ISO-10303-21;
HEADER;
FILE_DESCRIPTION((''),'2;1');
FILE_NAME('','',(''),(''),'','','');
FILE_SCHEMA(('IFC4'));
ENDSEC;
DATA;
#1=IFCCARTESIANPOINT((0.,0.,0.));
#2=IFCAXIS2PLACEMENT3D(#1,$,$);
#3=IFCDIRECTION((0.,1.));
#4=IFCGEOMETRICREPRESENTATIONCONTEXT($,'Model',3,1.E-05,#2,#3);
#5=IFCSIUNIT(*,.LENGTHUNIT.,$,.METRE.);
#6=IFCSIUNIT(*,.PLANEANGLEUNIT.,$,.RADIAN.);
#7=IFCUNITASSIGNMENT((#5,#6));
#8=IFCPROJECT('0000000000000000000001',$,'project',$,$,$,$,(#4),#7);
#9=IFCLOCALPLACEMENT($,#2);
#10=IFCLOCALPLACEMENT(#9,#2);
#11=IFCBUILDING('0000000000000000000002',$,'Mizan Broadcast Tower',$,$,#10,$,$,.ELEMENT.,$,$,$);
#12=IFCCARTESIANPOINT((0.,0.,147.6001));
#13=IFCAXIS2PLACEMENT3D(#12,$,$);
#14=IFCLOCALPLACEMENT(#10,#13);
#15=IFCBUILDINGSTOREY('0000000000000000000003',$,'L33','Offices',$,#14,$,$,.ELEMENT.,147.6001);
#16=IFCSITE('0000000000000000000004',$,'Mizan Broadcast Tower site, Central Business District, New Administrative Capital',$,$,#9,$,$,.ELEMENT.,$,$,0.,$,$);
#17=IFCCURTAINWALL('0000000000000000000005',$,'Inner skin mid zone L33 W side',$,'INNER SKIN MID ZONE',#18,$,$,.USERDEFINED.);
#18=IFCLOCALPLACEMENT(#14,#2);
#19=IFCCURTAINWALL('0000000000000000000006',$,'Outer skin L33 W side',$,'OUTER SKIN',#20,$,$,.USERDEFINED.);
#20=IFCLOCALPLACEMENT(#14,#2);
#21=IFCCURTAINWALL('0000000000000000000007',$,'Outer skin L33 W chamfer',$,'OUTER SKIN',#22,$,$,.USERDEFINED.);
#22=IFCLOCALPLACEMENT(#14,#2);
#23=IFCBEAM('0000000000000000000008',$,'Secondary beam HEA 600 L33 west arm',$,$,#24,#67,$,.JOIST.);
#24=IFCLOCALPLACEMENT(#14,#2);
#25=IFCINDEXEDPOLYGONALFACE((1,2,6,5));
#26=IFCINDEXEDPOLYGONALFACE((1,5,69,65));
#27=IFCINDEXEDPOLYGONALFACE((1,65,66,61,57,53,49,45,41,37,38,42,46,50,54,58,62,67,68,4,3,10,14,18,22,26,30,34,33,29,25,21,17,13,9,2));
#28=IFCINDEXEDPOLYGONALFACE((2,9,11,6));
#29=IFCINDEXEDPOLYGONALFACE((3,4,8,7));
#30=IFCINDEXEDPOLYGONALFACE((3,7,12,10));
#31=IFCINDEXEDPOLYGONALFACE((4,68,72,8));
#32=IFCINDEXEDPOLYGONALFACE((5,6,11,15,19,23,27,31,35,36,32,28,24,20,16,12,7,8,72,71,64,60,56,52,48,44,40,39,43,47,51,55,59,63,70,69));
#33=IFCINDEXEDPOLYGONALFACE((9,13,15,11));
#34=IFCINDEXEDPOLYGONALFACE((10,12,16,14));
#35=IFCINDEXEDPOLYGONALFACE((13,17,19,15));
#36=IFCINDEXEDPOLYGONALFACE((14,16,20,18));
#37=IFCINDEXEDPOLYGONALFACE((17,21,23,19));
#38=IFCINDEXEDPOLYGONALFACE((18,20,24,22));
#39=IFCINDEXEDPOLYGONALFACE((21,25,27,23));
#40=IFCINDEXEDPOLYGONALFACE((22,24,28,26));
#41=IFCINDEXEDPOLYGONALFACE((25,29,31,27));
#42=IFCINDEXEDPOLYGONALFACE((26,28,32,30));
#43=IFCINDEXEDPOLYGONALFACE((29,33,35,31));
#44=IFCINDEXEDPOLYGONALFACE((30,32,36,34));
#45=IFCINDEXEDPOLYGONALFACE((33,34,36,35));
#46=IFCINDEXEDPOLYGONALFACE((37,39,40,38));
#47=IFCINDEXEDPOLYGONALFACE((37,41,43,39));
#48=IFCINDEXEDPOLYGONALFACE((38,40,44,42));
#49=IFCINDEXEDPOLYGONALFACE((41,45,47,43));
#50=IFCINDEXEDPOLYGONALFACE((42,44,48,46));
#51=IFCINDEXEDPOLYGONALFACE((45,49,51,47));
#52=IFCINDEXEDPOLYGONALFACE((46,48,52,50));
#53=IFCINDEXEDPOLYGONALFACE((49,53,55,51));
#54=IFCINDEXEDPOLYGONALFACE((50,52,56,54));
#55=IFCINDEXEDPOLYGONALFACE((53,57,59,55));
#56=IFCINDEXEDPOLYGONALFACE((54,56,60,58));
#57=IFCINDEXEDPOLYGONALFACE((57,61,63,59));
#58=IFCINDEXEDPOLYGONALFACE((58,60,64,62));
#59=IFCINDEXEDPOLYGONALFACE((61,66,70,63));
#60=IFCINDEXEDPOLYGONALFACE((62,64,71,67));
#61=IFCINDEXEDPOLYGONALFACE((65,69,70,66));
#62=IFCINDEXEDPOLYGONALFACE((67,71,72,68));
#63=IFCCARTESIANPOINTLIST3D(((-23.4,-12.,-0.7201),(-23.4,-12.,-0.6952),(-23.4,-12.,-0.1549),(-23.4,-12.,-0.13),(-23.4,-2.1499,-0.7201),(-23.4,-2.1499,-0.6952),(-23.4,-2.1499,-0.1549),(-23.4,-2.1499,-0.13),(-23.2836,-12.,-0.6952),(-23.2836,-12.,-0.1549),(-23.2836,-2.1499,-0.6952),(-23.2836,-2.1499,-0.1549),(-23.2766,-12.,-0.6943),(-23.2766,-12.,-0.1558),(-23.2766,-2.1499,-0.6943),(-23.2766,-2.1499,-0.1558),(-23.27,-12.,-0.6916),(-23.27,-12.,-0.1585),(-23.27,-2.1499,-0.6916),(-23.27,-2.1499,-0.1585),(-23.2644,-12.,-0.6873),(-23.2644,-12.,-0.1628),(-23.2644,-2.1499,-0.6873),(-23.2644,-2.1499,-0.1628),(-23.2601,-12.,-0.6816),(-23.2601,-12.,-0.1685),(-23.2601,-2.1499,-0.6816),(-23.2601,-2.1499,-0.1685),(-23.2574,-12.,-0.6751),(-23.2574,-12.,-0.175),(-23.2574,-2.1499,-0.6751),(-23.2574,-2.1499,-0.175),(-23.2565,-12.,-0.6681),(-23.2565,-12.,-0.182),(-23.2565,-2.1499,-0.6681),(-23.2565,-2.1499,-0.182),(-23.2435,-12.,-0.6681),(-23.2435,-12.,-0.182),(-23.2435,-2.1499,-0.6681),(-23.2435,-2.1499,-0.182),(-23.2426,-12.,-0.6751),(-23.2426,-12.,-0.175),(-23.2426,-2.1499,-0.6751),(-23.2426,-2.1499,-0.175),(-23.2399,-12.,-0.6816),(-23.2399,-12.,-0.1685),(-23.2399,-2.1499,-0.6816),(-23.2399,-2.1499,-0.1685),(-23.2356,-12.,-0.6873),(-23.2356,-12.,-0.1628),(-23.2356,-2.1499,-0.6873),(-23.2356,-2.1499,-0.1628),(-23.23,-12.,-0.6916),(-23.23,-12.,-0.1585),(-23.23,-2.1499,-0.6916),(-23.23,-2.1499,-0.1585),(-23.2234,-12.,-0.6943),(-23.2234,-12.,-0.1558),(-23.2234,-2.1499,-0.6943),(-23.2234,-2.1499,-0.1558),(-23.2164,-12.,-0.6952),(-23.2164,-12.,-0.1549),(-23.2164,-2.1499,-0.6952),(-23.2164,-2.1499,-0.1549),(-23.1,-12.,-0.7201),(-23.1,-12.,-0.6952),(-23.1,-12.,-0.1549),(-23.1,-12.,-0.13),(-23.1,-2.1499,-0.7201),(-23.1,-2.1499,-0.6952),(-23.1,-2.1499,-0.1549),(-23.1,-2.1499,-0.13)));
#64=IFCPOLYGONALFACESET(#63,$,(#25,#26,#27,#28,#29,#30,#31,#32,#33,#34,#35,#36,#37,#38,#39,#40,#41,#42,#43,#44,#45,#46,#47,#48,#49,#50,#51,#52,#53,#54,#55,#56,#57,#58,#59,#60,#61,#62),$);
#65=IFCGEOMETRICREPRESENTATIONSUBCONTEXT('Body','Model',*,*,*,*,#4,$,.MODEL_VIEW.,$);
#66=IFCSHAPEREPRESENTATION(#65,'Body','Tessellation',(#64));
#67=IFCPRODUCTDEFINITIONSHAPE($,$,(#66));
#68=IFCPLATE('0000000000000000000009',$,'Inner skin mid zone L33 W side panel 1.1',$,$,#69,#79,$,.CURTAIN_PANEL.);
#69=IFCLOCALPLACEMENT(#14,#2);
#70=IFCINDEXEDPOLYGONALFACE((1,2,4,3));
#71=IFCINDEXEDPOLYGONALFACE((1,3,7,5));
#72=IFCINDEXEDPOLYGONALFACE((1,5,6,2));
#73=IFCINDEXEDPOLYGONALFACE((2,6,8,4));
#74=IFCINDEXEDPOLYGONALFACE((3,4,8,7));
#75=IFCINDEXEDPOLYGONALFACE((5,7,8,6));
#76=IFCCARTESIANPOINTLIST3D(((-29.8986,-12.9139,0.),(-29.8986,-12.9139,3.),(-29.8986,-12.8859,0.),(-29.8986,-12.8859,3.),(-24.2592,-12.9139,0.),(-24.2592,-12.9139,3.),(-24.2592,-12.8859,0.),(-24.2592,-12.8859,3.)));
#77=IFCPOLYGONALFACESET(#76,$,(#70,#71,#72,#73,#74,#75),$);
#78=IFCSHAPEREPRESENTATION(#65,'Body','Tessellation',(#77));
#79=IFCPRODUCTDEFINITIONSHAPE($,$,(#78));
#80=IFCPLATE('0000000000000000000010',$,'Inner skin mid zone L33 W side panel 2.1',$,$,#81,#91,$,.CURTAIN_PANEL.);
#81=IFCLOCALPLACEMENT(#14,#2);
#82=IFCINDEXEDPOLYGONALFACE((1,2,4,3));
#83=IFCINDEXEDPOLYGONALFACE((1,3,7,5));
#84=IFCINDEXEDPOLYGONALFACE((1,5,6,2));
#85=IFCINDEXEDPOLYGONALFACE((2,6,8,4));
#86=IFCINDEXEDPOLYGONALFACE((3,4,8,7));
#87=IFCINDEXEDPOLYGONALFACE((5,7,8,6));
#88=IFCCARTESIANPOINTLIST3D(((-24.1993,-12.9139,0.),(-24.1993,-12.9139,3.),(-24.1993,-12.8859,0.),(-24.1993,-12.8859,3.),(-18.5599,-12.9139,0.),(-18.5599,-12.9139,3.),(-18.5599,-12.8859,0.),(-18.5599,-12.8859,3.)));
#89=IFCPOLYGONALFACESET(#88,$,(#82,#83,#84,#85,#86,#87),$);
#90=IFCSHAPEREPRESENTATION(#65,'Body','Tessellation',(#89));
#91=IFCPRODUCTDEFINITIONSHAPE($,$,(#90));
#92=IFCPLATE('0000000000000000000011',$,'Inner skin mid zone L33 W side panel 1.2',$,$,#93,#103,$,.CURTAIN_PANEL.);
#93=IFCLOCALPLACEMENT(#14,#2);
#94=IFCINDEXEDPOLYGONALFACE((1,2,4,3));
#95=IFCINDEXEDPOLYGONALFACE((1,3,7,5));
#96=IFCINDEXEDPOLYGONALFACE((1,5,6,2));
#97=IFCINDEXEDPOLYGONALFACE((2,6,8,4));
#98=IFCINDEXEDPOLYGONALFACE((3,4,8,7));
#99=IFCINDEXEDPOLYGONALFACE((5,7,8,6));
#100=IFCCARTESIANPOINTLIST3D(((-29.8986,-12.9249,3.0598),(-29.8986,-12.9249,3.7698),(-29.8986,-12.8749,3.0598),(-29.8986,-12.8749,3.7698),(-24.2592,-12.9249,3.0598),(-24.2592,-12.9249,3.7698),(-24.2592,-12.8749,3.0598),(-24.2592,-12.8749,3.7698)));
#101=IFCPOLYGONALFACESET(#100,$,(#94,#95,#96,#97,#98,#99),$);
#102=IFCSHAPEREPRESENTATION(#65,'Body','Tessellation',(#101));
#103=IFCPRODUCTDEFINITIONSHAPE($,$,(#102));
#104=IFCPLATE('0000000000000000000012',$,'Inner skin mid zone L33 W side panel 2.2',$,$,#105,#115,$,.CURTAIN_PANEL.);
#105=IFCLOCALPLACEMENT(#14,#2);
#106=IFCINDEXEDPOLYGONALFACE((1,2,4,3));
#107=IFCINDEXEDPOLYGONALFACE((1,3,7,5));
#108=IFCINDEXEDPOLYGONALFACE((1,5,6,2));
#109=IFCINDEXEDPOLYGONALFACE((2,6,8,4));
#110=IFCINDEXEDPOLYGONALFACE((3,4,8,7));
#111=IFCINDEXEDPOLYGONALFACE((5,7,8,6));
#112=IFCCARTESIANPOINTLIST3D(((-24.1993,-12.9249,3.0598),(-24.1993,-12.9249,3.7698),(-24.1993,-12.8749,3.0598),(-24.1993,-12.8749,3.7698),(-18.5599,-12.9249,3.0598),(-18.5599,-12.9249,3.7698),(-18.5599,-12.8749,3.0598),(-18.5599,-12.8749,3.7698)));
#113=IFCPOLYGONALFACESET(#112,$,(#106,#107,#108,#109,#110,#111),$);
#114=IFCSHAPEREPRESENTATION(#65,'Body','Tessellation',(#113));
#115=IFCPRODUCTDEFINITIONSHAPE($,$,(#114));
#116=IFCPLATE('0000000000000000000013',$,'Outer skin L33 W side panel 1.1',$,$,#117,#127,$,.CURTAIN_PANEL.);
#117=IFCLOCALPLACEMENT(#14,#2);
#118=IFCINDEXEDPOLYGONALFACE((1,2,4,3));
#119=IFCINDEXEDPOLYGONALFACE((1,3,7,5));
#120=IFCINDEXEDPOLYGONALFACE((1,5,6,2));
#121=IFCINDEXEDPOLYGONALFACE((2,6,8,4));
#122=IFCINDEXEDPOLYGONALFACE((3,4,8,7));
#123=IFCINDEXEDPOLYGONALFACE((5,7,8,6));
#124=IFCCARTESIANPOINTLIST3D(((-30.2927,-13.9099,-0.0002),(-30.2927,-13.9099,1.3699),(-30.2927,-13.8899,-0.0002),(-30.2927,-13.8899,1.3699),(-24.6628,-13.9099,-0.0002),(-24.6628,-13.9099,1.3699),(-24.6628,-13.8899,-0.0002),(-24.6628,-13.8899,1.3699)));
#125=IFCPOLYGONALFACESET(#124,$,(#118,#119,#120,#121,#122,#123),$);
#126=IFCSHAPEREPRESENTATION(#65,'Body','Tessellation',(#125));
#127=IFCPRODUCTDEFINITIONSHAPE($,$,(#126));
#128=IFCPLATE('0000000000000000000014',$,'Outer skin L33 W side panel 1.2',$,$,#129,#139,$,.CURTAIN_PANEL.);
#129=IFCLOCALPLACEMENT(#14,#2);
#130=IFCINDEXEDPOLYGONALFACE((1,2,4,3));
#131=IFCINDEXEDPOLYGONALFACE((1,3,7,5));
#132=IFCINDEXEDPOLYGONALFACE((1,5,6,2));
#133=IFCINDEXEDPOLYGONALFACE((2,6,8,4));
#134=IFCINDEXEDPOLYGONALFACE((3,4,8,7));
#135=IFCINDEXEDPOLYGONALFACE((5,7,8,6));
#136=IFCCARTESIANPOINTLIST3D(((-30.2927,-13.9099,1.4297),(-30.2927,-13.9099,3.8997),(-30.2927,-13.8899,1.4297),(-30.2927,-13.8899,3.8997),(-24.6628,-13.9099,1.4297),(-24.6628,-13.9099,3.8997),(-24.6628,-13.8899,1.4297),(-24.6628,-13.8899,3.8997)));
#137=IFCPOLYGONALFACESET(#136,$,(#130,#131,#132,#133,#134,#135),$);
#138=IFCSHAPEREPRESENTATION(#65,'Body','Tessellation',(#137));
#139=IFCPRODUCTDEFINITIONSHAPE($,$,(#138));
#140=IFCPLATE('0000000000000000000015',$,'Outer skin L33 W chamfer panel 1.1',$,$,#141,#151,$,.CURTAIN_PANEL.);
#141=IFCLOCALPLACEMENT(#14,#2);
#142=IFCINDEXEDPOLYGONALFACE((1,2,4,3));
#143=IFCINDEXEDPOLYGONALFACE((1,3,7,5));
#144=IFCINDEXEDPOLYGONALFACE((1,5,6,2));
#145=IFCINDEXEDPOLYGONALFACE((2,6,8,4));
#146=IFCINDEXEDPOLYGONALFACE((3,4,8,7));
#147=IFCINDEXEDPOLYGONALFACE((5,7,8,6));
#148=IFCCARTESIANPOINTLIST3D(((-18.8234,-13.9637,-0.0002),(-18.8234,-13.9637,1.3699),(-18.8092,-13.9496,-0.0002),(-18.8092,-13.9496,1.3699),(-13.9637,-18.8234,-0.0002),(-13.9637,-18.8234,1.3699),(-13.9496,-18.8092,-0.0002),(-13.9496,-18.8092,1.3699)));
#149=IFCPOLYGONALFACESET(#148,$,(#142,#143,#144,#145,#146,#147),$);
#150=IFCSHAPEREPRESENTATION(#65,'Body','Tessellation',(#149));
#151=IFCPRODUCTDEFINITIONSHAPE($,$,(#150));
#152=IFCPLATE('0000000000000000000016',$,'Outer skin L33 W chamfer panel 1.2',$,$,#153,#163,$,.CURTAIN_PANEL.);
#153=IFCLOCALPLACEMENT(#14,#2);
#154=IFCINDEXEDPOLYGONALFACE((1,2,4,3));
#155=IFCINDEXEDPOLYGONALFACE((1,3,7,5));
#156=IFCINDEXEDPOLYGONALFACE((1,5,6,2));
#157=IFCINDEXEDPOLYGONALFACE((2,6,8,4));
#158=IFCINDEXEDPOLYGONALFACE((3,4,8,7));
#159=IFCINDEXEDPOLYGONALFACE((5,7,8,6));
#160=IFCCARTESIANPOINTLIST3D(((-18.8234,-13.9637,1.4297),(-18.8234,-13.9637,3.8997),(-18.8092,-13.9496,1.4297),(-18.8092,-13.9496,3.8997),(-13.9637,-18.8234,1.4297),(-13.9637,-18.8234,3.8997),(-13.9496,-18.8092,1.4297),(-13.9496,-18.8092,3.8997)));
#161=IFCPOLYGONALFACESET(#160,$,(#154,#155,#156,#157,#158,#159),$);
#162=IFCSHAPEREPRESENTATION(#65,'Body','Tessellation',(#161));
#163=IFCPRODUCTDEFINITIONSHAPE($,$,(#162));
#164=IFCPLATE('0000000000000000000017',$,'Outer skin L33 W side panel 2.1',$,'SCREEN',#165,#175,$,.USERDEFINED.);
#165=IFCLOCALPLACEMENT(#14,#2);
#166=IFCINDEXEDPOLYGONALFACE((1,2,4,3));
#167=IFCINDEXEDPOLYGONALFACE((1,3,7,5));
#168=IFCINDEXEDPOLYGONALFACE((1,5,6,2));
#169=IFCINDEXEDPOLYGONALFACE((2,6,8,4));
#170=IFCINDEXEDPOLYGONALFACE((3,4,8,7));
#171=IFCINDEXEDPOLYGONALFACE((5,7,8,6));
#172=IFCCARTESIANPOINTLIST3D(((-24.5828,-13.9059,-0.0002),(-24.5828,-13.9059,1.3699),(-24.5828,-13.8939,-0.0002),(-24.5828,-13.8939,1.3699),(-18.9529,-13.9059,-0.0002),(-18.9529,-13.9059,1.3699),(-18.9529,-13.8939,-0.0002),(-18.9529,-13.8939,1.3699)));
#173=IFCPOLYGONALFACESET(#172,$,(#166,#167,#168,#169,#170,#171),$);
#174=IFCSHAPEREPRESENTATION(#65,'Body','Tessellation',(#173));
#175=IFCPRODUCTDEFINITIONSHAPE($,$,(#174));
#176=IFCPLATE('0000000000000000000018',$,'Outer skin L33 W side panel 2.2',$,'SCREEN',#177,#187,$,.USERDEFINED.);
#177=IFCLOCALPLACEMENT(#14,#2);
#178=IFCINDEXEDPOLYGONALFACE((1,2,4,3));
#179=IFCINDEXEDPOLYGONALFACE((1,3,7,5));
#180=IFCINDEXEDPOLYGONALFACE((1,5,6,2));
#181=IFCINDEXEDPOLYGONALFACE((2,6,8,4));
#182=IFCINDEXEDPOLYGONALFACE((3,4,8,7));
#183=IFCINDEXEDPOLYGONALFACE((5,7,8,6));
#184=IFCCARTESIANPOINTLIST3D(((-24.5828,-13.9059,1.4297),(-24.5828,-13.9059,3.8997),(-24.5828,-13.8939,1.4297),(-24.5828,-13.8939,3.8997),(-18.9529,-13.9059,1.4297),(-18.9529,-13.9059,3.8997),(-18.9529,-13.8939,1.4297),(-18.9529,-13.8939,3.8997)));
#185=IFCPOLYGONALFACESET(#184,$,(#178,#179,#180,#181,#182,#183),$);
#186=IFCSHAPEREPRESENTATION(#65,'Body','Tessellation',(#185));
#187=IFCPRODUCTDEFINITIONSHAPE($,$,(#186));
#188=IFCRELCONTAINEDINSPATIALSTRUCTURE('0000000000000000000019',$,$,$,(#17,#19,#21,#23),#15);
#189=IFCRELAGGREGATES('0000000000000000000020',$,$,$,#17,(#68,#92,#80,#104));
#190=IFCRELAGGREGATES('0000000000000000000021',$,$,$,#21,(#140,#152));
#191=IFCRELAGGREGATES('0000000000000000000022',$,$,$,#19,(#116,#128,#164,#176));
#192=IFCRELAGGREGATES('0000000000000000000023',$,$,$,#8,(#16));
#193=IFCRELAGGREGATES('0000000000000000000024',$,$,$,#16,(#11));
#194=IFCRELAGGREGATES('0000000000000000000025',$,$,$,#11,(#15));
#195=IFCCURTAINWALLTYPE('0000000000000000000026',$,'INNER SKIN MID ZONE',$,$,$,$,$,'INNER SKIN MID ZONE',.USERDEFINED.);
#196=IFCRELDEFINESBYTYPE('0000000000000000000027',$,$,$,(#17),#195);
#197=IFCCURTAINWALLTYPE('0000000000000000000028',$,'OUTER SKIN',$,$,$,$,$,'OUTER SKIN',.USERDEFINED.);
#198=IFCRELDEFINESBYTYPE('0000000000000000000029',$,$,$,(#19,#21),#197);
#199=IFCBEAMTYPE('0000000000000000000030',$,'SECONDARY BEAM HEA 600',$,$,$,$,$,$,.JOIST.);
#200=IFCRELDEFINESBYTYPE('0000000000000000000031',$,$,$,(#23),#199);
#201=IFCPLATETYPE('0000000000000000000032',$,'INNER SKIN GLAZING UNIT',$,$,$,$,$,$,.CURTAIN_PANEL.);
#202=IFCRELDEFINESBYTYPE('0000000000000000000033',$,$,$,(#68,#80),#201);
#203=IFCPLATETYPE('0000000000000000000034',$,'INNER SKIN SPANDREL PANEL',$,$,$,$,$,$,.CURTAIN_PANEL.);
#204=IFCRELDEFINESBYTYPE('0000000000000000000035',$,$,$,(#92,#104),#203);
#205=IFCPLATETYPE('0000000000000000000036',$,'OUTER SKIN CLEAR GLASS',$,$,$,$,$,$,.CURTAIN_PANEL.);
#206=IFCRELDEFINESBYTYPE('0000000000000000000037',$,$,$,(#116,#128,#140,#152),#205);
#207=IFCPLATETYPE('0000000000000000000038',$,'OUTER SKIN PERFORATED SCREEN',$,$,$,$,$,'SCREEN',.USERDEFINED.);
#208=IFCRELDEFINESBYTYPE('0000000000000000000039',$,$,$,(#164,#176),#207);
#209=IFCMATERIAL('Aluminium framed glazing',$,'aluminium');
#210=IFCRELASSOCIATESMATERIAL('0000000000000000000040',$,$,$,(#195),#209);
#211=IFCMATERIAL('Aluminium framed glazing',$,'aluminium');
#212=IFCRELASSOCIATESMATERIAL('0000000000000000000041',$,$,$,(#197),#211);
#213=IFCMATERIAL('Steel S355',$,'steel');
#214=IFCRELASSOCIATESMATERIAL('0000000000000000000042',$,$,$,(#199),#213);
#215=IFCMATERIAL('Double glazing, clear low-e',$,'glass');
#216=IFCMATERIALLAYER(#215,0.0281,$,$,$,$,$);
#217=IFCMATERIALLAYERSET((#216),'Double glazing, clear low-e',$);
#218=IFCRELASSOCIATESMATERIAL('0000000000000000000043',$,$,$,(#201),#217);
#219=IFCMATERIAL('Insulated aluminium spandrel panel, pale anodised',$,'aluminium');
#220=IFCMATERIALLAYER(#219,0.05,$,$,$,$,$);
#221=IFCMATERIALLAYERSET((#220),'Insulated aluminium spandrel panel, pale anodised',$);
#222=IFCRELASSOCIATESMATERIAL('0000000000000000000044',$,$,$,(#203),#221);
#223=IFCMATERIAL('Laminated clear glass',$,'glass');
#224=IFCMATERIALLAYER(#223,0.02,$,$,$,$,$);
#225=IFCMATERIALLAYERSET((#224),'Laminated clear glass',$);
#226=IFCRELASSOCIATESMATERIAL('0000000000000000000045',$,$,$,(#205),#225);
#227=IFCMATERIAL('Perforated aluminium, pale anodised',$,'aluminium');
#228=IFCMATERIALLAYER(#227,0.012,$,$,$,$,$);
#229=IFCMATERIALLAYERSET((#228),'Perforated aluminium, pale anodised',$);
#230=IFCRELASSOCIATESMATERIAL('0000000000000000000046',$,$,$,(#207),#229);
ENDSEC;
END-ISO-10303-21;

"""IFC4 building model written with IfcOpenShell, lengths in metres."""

from ifc_helpers import new_model, si_unit, direction, frame, origin, origin_2d, place, context, subcontext, project, spatial, rectangle, i_section, extrude, material, layer, layer_set, material_profile, profile_set, type_object, element, aggregate, save


model = new_model("IFC4")

# Units and contexts
model_context = context("Model", 3, precision=1e-05, world=origin(), true_north=direction((0.0, 1.0)))
body_context = subcontext(model_context, "Body", "Model", "MODEL_VIEW")
ifc_project = project(units=[si_unit("LENGTHUNIT", "METRE"), si_unit("PLANEANGLEUNIT", "RADIAN")], contexts=[model_context])

# Site, building, storey
site_placement = place(None, origin())
site = spatial("IfcSite", under=ifc_project, at=site_placement, Name="Mizan Broadcast Tower site, Central Business District, New Administrative Capital", CompositionType="ELEMENT", RefElevation=0.0)
building_placement = place(site_placement, origin())
building = spatial("IfcBuilding", under=site, at=building_placement, Name="Mizan Broadcast Tower", CompositionType="ELEMENT")
storey_placement = place(building_placement, frame((0.0, 0.0, 147.6001)))
storey = spatial("IfcBuildingStorey", under=building, at=storey_placement, Name="L33", Description="Offices", CompositionType="ELEMENT", Elevation=147.6001)

# Curtain walls
ifc_material_1 = material(Name="Aluminium framed glazing", Category="aluminium")
curtain_wall_type_1 = type_object("IfcCurtainWallType", Name="INNER SKIN MID ZONE", ElementType="INNER SKIN MID ZONE", PredefinedType="USERDEFINED", material=ifc_material_1)
curtain_wall_1_placement = place(storey_placement, origin())
curtain_wall_1 = element("IfcCurtainWall", 1, at=curtain_wall_1_placement, inside=storey, type_object=curtain_wall_type_1, Name="Inner skin mid zone L33 W side", ObjectType="INNER SKIN MID ZONE", PredefinedType="USERDEFINED")
ifc_material_2 = material(Name="Aluminium framed glazing", Category="aluminium")
curtain_wall_type_2 = type_object("IfcCurtainWallType", Name="OUTER SKIN", ElementType="OUTER SKIN", PredefinedType="USERDEFINED", material=ifc_material_2)
curtain_wall_2_placement = place(storey_placement, origin())
curtain_wall_2 = element("IfcCurtainWall", 2, at=curtain_wall_2_placement, inside=storey, type_object=curtain_wall_type_2, Name="Outer skin L33 W side", ObjectType="OUTER SKIN", PredefinedType="USERDEFINED")

# Curtain wall
curtain_wall_3_placement = place(storey_placement, origin())
curtain_wall_3 = element("IfcCurtainWall", 3, at=curtain_wall_3_placement, inside=storey, type_object=curtain_wall_type_2, Name="Outer skin L33 W chamfer", ObjectType="OUTER SKIN", PredefinedType="USERDEFINED")

# Beam
ifc_material_3 = material(Name="Steel S355", Category="steel")
ifc_material_profile_1 = material_profile(ifc_material_3, i_section(OverallWidth=0.3, OverallDepth=0.5901, WebThickness=0.0129, FlangeThickness=0.0249, FilletRadius=0.0271, at=origin_2d()), Name="HEA 600")
ifc_profile_set_1 = profile_set([ifc_material_profile_1], Name="Steel S355")
beam_type_1 = type_object("IfcBeamType", Name="SECONDARY BEAM HEA 600", PredefinedType="JOIST", material=ifc_profile_set_1)
for number, where, z_axis, x_axis, name in (
    (4, (-23.25, -12.0, -0.425), (0.0, 1.0, 0.0), (-1.0, 0.0, 0.0), "Secondary beam HEA 600 L33 west arm"),
):
    element("IfcBeam", number, at=place(storey_placement, frame(where, z_axis=z_axis, x_axis=x_axis)), inside=storey, type_object=beam_type_1, Name=name, PredefinedType="JOIST", context=body_context, shape_type="SweptSolid", body=[
        extrude(i_section(OverallWidth=0.3, OverallDepth=0.5901, WebThickness=0.0129, FlangeThickness=0.0249, FilletRadius=0.0271, at=origin_2d()), origin(), (0.0, 0.0, 1.0), 9.8501),
    ])

# Plates
ifc_material_4 = material(Name="Double glazing, clear low-e", Category="glass")
ifc_layer_1 = layer(ifc_material_4, 0.0281)
ifc_layer_set_1 = layer_set([ifc_layer_1], Name="Double glazing, clear low-e")
plate_type_1 = type_object("IfcPlateType", Name="INNER SKIN GLAZING UNIT", PredefinedType="CURTAIN_PANEL", material=ifc_layer_set_1)
plate_1_placement = place(storey_placement, frame((-27.0789, -12.8999, 0.0), z_axis=(0.0, 0.0, 1.0), x_axis=(1.0, 0.0, 0.0)))
plate_1 = element("IfcPlate", 5, at=plate_1_placement, type_object=plate_type_1, Name="Inner skin mid zone L33 W side panel 1.1", PredefinedType="CURTAIN_PANEL", context=body_context, shape_type="SweptSolid", body=[
    extrude(rectangle(XDim=5.6394, YDim=0.0281, at=origin_2d()), origin(), (0.0, 0.0, 1.0), 3.0),
])
plate_2_placement = place(storey_placement, frame((-21.3796, -12.8999, 0.0), z_axis=(0.0, 0.0, 1.0), x_axis=(1.0, 0.0, 0.0)))
plate_2 = element("IfcPlate", 6, at=plate_2_placement, type_object=plate_type_1, Name="Inner skin mid zone L33 W side panel 2.1", PredefinedType="CURTAIN_PANEL", context=body_context, shape_type="SweptSolid", body=[
    extrude(rectangle(XDim=5.6394, YDim=0.0281, at=origin_2d()), origin(), (0.0, 0.0, 1.0), 3.0),
])
ifc_material_5 = material(Name="Insulated aluminium spandrel panel, pale anodised", Category="aluminium")
ifc_layer_2 = layer(ifc_material_5, 0.05)
ifc_layer_set_2 = layer_set([ifc_layer_2], Name="Insulated aluminium spandrel panel, pale anodised")
plate_type_2 = type_object("IfcPlateType", Name="INNER SKIN SPANDREL PANEL", PredefinedType="CURTAIN_PANEL", material=ifc_layer_set_2)
plate_3_placement = place(storey_placement, frame((-27.0789, -12.8999, 3.0598), z_axis=(0.0, 0.0, 1.0), x_axis=(1.0, 0.0, 0.0)))
plate_3 = element("IfcPlate", 7, at=plate_3_placement, type_object=plate_type_2, Name="Inner skin mid zone L33 W side panel 1.2", PredefinedType="CURTAIN_PANEL", context=body_context, shape_type="SweptSolid", body=[
    extrude(rectangle(XDim=5.6394, YDim=0.05, at=origin_2d()), origin(), (0.0, 0.0, 1.0), 0.71),
])
plate_4_placement = place(storey_placement, frame((-21.3796, -12.8999, 3.0598), z_axis=(0.0, 0.0, 1.0), x_axis=(1.0, 0.0, 0.0)))
plate_4 = element("IfcPlate", 8, at=plate_4_placement, type_object=plate_type_2, Name="Inner skin mid zone L33 W side panel 2.2", PredefinedType="CURTAIN_PANEL", context=body_context, shape_type="SweptSolid", body=[
    extrude(rectangle(XDim=5.6394, YDim=0.05, at=origin_2d()), origin(), (0.0, 0.0, 1.0), 0.71),
])
aggregate(curtain_wall_1, [plate_1, plate_3, plate_2, plate_4])
ifc_material_6 = material(Name="Laminated clear glass", Category="glass")
ifc_layer_3 = layer(ifc_material_6, 0.02)
ifc_layer_set_3 = layer_set([ifc_layer_3], Name="Laminated clear glass")
plate_type_3 = type_object("IfcPlateType", Name="OUTER SKIN CLEAR GLASS", PredefinedType="CURTAIN_PANEL", material=ifc_layer_set_3)
plate_5_placement = place(storey_placement, frame((-27.4778, -13.8999, -0.0002), z_axis=(0.0, 0.0, 1.0), x_axis=(1.0, 0.0, 0.0)))
plate_5 = element("IfcPlate", 9, at=plate_5_placement, type_object=plate_type_3, Name="Outer skin L33 W side panel 1.1", PredefinedType="CURTAIN_PANEL", context=body_context, shape_type="SweptSolid", body=[
    extrude(rectangle(XDim=5.6299, YDim=0.02, at=origin_2d()), origin(), (0.0, 0.0, 1.0), 1.3701),
])
plate_6_placement = place(storey_placement, frame((-27.4778, -13.8999, 1.4297), z_axis=(0.0, 0.0, 1.0), x_axis=(1.0, 0.0, 0.0)))
plate_6 = element("IfcPlate", 10, at=plate_6_placement, type_object=plate_type_3, Name="Outer skin L33 W side panel 1.2", PredefinedType="CURTAIN_PANEL", context=body_context, shape_type="SweptSolid", body=[
    extrude(rectangle(XDim=5.6299, YDim=0.02, at=origin_2d()), origin(), (0.0, 0.0, 1.0), 2.47),
])
plate_7_placement = place(storey_placement, frame((-16.3865, -16.3865, -0.0002), z_axis=(0.0, 0.0, 1.0), x_axis=(0.707107, -0.707107, 0.0)))
plate_7 = element("IfcPlate", 11, at=plate_7_placement, type_object=plate_type_3, Name="Outer skin L33 W chamfer panel 1.1", PredefinedType="CURTAIN_PANEL", context=body_context, shape_type="SweptSolid", body=[
    extrude(rectangle(XDim=6.8726, YDim=0.02, at=origin_2d()), origin(), (0.0, 0.0, 1.0), 1.3701),
])
plate_8_placement = place(storey_placement, frame((-16.3865, -16.3865, 1.4297), z_axis=(0.0, 0.0, 1.0), x_axis=(0.707107, -0.707107, 0.0)))
plate_8 = element("IfcPlate", 12, at=plate_8_placement, type_object=plate_type_3, Name="Outer skin L33 W chamfer panel 1.2", PredefinedType="CURTAIN_PANEL", context=body_context, shape_type="SweptSolid", body=[
    extrude(rectangle(XDim=6.8726, YDim=0.02, at=origin_2d()), origin(), (0.0, 0.0, 1.0), 2.47),
])
aggregate(curtain_wall_3, [plate_7, plate_8])
ifc_material_7 = material(Name="Perforated aluminium, pale anodised", Category="aluminium")
ifc_layer_4 = layer(ifc_material_7, 0.012)
ifc_layer_set_4 = layer_set([ifc_layer_4], Name="Perforated aluminium, pale anodised")
plate_type_4 = type_object("IfcPlateType", Name="OUTER SKIN PERFORATED SCREEN", ElementType="SCREEN", PredefinedType="USERDEFINED", material=ifc_layer_set_4)
plate_9_placement = place(storey_placement, frame((-21.7678, -13.8999, -0.0002), z_axis=(0.0, 0.0, 1.0), x_axis=(1.0, 0.0, 0.0)))
plate_9 = element("IfcPlate", 13, at=plate_9_placement, type_object=plate_type_4, Name="Outer skin L33 W side panel 2.1", ObjectType="SCREEN", PredefinedType="USERDEFINED", context=body_context, shape_type="SweptSolid", body=[
    extrude(rectangle(XDim=5.6299, YDim=0.012, at=origin_2d()), origin(), (0.0, 0.0, 1.0), 1.3701),
])
plate_10_placement = place(storey_placement, frame((-21.7678, -13.8999, 1.4297), z_axis=(0.0, 0.0, 1.0), x_axis=(1.0, 0.0, 0.0)))
plate_10 = element("IfcPlate", 14, at=plate_10_placement, type_object=plate_type_4, Name="Outer skin L33 W side panel 2.2", ObjectType="SCREEN", PredefinedType="USERDEFINED", context=body_context, shape_type="SweptSolid", body=[
    extrude(rectangle(XDim=5.6299, YDim=0.012, at=origin_2d()), origin(), (0.0, 0.0, 1.0), 2.47),
])
aggregate(curtain_wall_2, [plate_5, plate_6, plate_9, plate_10])

save(model, "model.ifc")
